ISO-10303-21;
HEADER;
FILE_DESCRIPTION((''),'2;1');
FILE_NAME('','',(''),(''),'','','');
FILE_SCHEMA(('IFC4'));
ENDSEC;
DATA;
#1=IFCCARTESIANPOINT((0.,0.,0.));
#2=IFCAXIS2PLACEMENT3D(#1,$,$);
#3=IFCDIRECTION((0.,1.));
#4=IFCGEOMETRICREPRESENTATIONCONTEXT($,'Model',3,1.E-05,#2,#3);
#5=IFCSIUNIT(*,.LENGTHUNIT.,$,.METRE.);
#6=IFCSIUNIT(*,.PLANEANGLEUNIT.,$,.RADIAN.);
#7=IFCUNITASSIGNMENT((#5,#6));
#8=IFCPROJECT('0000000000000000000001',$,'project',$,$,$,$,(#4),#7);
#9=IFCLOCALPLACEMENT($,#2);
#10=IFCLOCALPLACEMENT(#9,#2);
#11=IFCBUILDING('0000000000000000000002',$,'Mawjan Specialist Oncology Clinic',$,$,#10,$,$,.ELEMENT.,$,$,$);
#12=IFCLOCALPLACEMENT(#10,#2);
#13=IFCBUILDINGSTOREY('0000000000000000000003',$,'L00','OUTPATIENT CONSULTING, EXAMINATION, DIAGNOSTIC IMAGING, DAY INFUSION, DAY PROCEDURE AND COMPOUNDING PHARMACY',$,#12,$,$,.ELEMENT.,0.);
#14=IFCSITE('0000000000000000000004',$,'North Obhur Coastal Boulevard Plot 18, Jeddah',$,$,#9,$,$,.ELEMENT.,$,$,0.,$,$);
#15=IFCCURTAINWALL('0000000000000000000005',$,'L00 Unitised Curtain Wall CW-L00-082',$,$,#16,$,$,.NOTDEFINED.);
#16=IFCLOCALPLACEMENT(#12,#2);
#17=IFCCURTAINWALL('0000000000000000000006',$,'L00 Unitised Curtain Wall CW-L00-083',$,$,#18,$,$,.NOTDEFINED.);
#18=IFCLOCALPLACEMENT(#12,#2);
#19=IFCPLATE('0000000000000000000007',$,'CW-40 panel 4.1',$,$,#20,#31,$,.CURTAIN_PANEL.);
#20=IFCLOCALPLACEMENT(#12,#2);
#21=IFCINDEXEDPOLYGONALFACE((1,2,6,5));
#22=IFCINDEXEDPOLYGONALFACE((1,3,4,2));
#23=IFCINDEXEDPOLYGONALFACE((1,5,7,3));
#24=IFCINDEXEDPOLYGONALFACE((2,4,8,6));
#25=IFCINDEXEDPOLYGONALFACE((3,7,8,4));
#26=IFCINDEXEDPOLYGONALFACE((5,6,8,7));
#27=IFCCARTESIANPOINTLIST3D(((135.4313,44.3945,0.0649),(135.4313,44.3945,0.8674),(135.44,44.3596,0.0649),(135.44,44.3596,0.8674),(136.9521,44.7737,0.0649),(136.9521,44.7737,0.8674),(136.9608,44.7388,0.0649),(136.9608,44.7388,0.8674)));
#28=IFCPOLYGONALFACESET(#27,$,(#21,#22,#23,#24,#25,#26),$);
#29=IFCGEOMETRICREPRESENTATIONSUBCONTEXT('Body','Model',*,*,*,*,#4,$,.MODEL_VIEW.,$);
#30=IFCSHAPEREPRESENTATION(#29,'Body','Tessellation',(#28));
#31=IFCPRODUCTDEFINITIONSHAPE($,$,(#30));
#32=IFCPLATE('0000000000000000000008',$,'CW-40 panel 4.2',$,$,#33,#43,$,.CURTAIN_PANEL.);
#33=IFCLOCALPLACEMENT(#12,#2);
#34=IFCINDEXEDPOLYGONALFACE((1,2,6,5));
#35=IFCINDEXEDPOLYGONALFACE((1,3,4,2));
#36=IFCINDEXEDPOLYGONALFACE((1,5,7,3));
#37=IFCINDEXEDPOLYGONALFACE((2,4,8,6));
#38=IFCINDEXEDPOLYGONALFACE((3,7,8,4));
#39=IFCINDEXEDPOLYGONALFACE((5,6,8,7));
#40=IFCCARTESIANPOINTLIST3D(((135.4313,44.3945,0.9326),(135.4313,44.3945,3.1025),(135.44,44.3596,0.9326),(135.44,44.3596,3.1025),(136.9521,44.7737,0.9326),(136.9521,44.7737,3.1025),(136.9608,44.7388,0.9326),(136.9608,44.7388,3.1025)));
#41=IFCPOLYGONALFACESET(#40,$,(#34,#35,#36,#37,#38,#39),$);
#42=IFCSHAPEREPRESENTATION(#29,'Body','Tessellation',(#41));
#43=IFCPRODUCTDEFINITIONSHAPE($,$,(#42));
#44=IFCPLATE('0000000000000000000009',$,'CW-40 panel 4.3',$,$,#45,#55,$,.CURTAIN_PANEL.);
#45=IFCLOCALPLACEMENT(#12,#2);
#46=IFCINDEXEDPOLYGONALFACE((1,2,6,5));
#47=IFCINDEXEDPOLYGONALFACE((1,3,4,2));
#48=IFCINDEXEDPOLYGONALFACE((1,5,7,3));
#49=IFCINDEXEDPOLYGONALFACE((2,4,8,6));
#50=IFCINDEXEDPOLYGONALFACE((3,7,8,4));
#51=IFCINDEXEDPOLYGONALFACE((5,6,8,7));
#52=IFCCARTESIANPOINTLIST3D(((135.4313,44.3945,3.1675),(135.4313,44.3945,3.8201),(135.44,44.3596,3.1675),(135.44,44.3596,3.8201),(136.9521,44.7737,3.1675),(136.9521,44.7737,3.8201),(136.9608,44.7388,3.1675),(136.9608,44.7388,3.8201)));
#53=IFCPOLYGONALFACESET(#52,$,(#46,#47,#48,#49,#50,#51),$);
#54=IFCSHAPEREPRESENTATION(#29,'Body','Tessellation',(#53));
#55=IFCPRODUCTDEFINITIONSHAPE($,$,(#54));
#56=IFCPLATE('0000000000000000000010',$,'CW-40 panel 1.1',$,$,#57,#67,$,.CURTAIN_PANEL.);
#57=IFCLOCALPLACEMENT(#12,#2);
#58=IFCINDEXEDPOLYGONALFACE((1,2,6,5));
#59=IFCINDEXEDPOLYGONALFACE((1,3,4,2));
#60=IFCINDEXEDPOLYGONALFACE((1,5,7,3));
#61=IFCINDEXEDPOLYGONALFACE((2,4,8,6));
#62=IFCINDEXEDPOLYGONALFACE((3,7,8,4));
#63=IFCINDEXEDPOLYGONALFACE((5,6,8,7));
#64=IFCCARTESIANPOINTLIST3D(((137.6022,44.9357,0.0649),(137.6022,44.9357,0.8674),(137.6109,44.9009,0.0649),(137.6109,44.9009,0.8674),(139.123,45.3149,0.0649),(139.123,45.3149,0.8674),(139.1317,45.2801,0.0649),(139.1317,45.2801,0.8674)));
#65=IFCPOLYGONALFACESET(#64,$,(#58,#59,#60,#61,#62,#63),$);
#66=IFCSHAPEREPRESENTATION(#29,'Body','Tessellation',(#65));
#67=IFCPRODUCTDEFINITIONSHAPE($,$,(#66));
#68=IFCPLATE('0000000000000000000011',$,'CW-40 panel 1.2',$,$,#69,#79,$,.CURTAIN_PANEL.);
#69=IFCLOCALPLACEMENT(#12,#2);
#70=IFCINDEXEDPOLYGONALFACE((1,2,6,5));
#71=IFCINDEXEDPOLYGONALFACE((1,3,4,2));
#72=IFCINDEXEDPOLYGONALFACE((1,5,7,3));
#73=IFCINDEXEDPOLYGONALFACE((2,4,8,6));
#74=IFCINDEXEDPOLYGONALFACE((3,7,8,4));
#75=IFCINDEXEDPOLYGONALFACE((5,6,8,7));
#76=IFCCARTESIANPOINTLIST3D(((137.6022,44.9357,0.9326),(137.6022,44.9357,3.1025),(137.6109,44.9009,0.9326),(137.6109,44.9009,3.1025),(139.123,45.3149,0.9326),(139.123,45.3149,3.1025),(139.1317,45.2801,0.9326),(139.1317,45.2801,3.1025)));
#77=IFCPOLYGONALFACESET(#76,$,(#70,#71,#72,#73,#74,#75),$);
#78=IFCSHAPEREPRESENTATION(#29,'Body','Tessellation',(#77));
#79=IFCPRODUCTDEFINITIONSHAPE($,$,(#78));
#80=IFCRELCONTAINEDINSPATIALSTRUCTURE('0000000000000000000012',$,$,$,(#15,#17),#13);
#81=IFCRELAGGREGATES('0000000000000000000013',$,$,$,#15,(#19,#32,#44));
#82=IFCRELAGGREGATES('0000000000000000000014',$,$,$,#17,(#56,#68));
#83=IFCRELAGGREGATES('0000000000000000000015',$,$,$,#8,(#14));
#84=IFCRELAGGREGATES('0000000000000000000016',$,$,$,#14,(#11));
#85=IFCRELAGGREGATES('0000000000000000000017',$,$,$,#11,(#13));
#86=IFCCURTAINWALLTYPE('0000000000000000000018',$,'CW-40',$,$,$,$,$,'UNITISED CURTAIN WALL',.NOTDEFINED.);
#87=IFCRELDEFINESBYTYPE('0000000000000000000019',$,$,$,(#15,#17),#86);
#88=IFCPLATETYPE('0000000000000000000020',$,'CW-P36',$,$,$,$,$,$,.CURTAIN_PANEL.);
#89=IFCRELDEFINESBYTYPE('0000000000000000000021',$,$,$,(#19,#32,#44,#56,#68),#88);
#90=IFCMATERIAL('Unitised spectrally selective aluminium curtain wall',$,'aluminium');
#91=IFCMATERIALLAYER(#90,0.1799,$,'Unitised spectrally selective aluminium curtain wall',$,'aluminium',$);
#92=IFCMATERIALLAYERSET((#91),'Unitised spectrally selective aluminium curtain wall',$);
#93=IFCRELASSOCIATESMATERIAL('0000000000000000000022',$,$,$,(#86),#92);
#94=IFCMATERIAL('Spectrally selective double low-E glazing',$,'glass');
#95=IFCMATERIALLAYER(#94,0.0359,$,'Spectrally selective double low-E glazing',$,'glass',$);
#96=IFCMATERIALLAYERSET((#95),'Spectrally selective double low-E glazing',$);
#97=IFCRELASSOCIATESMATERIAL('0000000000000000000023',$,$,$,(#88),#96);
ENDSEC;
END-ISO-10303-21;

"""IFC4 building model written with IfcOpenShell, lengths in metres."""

from ifc_helpers import new_model, si_unit, direction, frame, origin, origin_2d, place, context, subcontext, project, spatial, rectangle, extrude, material, layer, layer_set, type_object, element, aggregate, save


model = new_model("IFC4")

# Units and contexts
model_context = context("Model", 3, precision=1e-05, world=origin(), true_north=direction((0.0, 1.0)))
body_context = subcontext(model_context, "Body", "Model", "MODEL_VIEW")
ifc_project = project(units=[si_unit("LENGTHUNIT", "METRE"), si_unit("PLANEANGLEUNIT", "RADIAN")], contexts=[model_context])

# Site, building, storey
site_placement = place(None, origin())
site = spatial("IfcSite", under=ifc_project, at=site_placement, Name="North Obhur Coastal Boulevard Plot 18, Jeddah", CompositionType="ELEMENT", RefElevation=0.0)
building_placement = place(site_placement, origin())
building = spatial("IfcBuilding", under=site, at=building_placement, Name="Mawjan Specialist Oncology Clinic", CompositionType="ELEMENT")
storey_placement = place(building_placement, origin())
storey = spatial("IfcBuildingStorey", under=building, at=storey_placement, Name="L00", Description="OUTPATIENT CONSULTING, EXAMINATION, DIAGNOSTIC IMAGING, DAY INFUSION, DAY PROCEDURE AND COMPOUNDING PHARMACY", CompositionType="ELEMENT", Elevation=0.0)

# Curtain walls
ifc_material_1 = material(Name="Unitised spectrally selective aluminium curtain wall", Category="aluminium")
ifc_layer_1 = layer(ifc_material_1, 0.1799, Name="Unitised spectrally selective aluminium curtain wall", Category="aluminium")
ifc_layer_set_1 = layer_set([ifc_layer_1], Name="Unitised spectrally selective aluminium curtain wall")
curtain_wall_type = type_object("IfcCurtainWallType", Name="CW-40", ElementType="UNITISED CURTAIN WALL", PredefinedType="NOTDEFINED", material=ifc_layer_set_1)
curtain_wall_1_placement = place(storey_placement, origin())
curtain_wall_1 = element("IfcCurtainWall", 1, at=curtain_wall_1_placement, inside=storey, type_object=curtain_wall_type, Name="L00 Unitised Curtain Wall CW-L00-082", PredefinedType="NOTDEFINED")
curtain_wall_2_placement = place(storey_placement, origin())
curtain_wall_2 = element("IfcCurtainWall", 2, at=curtain_wall_2_placement, inside=storey, type_object=curtain_wall_type, Name="L00 Unitised Curtain Wall CW-L00-083", PredefinedType="NOTDEFINED")

# Plates
ifc_material_2 = material(Name="Spectrally selective double low-E glazing", Category="glass")
ifc_layer_2 = layer(ifc_material_2, 0.0359, Name="Spectrally selective double low-E glazing", Category="glass")
ifc_layer_set_2 = layer_set([ifc_layer_2], Name="Spectrally selective double low-E glazing")
plate_type = type_object("IfcPlateType", Name="CW-P36", PredefinedType="CURTAIN_PANEL", material=ifc_layer_set_2)
plate_1_placement = place(storey_placement, frame((136.196, 44.5667, 0.0649), z_axis=(0.0, 0.0, 1.0), x_axis=(0.970296, 0.241922, 0.0)))
plate_1 = element("IfcPlate", 3, at=plate_1_placement, type_object=plate_type, Name="CW-40 panel 4.1", PredefinedType="CURTAIN_PANEL", context=body_context, shape_type="SweptSolid", body=[
    extrude(rectangle(XDim=1.5674, YDim=0.0359, at=origin_2d()), origin(), (0.0, 0.0, 1.0), 0.8025),
])
plate_2_placement = place(storey_placement, frame((136.196, 44.5667, 0.9326), z_axis=(0.0, 0.0, 1.0), x_axis=(0.970296, 0.241922, 0.0)))
plate_2 = element("IfcPlate", 4, at=plate_2_placement, type_object=plate_type, Name="CW-40 panel 4.2", PredefinedType="CURTAIN_PANEL", context=body_context, shape_type="SweptSolid", body=[
    extrude(rectangle(XDim=1.5674, YDim=0.0359, at=origin_2d()), origin(), (0.0, 0.0, 1.0), 2.1699),
])
plate_3_placement = place(storey_placement, frame((136.196, 44.5667, 3.1675), z_axis=(0.0, 0.0, 1.0), x_axis=(0.970296, 0.241922, 0.0)))
plate_3 = element("IfcPlate", 5, at=plate_3_placement, type_object=plate_type, Name="CW-40 panel 4.3", PredefinedType="CURTAIN_PANEL", context=body_context, shape_type="SweptSolid", body=[
    extrude(rectangle(XDim=1.5674, YDim=0.0359, at=origin_2d()), origin(), (0.0, 0.0, 1.0), 0.6526),
])
aggregate(curtain_wall_1, [plate_1, plate_2, plate_3])
plate_4_placement = place(storey_placement, frame((138.3669, 45.1079, 0.0649), z_axis=(0.0, 0.0, 1.0), x_axis=(0.970296, 0.241922, 0.0)))
plate_4 = element("IfcPlate", 6, at=plate_4_placement, type_object=plate_type, Name="CW-40 panel 1.1", PredefinedType="CURTAIN_PANEL", context=body_context, shape_type="SweptSolid", body=[
    extrude(rectangle(XDim=1.5674, YDim=0.0359, at=origin_2d()), origin(), (0.0, 0.0, 1.0), 0.8025),
])
plate_5_placement = place(storey_placement, frame((138.3669, 45.1079, 0.9326), z_axis=(0.0, 0.0, 1.0), x_axis=(0.970296, 0.241922, 0.0)))
plate_5 = element("IfcPlate", 7, at=plate_5_placement, type_object=plate_type, Name="CW-40 panel 1.2", PredefinedType="CURTAIN_PANEL", context=body_context, shape_type="SweptSolid", body=[
    extrude(rectangle(XDim=1.5674, YDim=0.0359, at=origin_2d()), origin(), (0.0, 0.0, 1.0), 2.1699),
])
aggregate(curtain_wall_2, [plate_4, plate_5])

save(model, "model.ifc")
